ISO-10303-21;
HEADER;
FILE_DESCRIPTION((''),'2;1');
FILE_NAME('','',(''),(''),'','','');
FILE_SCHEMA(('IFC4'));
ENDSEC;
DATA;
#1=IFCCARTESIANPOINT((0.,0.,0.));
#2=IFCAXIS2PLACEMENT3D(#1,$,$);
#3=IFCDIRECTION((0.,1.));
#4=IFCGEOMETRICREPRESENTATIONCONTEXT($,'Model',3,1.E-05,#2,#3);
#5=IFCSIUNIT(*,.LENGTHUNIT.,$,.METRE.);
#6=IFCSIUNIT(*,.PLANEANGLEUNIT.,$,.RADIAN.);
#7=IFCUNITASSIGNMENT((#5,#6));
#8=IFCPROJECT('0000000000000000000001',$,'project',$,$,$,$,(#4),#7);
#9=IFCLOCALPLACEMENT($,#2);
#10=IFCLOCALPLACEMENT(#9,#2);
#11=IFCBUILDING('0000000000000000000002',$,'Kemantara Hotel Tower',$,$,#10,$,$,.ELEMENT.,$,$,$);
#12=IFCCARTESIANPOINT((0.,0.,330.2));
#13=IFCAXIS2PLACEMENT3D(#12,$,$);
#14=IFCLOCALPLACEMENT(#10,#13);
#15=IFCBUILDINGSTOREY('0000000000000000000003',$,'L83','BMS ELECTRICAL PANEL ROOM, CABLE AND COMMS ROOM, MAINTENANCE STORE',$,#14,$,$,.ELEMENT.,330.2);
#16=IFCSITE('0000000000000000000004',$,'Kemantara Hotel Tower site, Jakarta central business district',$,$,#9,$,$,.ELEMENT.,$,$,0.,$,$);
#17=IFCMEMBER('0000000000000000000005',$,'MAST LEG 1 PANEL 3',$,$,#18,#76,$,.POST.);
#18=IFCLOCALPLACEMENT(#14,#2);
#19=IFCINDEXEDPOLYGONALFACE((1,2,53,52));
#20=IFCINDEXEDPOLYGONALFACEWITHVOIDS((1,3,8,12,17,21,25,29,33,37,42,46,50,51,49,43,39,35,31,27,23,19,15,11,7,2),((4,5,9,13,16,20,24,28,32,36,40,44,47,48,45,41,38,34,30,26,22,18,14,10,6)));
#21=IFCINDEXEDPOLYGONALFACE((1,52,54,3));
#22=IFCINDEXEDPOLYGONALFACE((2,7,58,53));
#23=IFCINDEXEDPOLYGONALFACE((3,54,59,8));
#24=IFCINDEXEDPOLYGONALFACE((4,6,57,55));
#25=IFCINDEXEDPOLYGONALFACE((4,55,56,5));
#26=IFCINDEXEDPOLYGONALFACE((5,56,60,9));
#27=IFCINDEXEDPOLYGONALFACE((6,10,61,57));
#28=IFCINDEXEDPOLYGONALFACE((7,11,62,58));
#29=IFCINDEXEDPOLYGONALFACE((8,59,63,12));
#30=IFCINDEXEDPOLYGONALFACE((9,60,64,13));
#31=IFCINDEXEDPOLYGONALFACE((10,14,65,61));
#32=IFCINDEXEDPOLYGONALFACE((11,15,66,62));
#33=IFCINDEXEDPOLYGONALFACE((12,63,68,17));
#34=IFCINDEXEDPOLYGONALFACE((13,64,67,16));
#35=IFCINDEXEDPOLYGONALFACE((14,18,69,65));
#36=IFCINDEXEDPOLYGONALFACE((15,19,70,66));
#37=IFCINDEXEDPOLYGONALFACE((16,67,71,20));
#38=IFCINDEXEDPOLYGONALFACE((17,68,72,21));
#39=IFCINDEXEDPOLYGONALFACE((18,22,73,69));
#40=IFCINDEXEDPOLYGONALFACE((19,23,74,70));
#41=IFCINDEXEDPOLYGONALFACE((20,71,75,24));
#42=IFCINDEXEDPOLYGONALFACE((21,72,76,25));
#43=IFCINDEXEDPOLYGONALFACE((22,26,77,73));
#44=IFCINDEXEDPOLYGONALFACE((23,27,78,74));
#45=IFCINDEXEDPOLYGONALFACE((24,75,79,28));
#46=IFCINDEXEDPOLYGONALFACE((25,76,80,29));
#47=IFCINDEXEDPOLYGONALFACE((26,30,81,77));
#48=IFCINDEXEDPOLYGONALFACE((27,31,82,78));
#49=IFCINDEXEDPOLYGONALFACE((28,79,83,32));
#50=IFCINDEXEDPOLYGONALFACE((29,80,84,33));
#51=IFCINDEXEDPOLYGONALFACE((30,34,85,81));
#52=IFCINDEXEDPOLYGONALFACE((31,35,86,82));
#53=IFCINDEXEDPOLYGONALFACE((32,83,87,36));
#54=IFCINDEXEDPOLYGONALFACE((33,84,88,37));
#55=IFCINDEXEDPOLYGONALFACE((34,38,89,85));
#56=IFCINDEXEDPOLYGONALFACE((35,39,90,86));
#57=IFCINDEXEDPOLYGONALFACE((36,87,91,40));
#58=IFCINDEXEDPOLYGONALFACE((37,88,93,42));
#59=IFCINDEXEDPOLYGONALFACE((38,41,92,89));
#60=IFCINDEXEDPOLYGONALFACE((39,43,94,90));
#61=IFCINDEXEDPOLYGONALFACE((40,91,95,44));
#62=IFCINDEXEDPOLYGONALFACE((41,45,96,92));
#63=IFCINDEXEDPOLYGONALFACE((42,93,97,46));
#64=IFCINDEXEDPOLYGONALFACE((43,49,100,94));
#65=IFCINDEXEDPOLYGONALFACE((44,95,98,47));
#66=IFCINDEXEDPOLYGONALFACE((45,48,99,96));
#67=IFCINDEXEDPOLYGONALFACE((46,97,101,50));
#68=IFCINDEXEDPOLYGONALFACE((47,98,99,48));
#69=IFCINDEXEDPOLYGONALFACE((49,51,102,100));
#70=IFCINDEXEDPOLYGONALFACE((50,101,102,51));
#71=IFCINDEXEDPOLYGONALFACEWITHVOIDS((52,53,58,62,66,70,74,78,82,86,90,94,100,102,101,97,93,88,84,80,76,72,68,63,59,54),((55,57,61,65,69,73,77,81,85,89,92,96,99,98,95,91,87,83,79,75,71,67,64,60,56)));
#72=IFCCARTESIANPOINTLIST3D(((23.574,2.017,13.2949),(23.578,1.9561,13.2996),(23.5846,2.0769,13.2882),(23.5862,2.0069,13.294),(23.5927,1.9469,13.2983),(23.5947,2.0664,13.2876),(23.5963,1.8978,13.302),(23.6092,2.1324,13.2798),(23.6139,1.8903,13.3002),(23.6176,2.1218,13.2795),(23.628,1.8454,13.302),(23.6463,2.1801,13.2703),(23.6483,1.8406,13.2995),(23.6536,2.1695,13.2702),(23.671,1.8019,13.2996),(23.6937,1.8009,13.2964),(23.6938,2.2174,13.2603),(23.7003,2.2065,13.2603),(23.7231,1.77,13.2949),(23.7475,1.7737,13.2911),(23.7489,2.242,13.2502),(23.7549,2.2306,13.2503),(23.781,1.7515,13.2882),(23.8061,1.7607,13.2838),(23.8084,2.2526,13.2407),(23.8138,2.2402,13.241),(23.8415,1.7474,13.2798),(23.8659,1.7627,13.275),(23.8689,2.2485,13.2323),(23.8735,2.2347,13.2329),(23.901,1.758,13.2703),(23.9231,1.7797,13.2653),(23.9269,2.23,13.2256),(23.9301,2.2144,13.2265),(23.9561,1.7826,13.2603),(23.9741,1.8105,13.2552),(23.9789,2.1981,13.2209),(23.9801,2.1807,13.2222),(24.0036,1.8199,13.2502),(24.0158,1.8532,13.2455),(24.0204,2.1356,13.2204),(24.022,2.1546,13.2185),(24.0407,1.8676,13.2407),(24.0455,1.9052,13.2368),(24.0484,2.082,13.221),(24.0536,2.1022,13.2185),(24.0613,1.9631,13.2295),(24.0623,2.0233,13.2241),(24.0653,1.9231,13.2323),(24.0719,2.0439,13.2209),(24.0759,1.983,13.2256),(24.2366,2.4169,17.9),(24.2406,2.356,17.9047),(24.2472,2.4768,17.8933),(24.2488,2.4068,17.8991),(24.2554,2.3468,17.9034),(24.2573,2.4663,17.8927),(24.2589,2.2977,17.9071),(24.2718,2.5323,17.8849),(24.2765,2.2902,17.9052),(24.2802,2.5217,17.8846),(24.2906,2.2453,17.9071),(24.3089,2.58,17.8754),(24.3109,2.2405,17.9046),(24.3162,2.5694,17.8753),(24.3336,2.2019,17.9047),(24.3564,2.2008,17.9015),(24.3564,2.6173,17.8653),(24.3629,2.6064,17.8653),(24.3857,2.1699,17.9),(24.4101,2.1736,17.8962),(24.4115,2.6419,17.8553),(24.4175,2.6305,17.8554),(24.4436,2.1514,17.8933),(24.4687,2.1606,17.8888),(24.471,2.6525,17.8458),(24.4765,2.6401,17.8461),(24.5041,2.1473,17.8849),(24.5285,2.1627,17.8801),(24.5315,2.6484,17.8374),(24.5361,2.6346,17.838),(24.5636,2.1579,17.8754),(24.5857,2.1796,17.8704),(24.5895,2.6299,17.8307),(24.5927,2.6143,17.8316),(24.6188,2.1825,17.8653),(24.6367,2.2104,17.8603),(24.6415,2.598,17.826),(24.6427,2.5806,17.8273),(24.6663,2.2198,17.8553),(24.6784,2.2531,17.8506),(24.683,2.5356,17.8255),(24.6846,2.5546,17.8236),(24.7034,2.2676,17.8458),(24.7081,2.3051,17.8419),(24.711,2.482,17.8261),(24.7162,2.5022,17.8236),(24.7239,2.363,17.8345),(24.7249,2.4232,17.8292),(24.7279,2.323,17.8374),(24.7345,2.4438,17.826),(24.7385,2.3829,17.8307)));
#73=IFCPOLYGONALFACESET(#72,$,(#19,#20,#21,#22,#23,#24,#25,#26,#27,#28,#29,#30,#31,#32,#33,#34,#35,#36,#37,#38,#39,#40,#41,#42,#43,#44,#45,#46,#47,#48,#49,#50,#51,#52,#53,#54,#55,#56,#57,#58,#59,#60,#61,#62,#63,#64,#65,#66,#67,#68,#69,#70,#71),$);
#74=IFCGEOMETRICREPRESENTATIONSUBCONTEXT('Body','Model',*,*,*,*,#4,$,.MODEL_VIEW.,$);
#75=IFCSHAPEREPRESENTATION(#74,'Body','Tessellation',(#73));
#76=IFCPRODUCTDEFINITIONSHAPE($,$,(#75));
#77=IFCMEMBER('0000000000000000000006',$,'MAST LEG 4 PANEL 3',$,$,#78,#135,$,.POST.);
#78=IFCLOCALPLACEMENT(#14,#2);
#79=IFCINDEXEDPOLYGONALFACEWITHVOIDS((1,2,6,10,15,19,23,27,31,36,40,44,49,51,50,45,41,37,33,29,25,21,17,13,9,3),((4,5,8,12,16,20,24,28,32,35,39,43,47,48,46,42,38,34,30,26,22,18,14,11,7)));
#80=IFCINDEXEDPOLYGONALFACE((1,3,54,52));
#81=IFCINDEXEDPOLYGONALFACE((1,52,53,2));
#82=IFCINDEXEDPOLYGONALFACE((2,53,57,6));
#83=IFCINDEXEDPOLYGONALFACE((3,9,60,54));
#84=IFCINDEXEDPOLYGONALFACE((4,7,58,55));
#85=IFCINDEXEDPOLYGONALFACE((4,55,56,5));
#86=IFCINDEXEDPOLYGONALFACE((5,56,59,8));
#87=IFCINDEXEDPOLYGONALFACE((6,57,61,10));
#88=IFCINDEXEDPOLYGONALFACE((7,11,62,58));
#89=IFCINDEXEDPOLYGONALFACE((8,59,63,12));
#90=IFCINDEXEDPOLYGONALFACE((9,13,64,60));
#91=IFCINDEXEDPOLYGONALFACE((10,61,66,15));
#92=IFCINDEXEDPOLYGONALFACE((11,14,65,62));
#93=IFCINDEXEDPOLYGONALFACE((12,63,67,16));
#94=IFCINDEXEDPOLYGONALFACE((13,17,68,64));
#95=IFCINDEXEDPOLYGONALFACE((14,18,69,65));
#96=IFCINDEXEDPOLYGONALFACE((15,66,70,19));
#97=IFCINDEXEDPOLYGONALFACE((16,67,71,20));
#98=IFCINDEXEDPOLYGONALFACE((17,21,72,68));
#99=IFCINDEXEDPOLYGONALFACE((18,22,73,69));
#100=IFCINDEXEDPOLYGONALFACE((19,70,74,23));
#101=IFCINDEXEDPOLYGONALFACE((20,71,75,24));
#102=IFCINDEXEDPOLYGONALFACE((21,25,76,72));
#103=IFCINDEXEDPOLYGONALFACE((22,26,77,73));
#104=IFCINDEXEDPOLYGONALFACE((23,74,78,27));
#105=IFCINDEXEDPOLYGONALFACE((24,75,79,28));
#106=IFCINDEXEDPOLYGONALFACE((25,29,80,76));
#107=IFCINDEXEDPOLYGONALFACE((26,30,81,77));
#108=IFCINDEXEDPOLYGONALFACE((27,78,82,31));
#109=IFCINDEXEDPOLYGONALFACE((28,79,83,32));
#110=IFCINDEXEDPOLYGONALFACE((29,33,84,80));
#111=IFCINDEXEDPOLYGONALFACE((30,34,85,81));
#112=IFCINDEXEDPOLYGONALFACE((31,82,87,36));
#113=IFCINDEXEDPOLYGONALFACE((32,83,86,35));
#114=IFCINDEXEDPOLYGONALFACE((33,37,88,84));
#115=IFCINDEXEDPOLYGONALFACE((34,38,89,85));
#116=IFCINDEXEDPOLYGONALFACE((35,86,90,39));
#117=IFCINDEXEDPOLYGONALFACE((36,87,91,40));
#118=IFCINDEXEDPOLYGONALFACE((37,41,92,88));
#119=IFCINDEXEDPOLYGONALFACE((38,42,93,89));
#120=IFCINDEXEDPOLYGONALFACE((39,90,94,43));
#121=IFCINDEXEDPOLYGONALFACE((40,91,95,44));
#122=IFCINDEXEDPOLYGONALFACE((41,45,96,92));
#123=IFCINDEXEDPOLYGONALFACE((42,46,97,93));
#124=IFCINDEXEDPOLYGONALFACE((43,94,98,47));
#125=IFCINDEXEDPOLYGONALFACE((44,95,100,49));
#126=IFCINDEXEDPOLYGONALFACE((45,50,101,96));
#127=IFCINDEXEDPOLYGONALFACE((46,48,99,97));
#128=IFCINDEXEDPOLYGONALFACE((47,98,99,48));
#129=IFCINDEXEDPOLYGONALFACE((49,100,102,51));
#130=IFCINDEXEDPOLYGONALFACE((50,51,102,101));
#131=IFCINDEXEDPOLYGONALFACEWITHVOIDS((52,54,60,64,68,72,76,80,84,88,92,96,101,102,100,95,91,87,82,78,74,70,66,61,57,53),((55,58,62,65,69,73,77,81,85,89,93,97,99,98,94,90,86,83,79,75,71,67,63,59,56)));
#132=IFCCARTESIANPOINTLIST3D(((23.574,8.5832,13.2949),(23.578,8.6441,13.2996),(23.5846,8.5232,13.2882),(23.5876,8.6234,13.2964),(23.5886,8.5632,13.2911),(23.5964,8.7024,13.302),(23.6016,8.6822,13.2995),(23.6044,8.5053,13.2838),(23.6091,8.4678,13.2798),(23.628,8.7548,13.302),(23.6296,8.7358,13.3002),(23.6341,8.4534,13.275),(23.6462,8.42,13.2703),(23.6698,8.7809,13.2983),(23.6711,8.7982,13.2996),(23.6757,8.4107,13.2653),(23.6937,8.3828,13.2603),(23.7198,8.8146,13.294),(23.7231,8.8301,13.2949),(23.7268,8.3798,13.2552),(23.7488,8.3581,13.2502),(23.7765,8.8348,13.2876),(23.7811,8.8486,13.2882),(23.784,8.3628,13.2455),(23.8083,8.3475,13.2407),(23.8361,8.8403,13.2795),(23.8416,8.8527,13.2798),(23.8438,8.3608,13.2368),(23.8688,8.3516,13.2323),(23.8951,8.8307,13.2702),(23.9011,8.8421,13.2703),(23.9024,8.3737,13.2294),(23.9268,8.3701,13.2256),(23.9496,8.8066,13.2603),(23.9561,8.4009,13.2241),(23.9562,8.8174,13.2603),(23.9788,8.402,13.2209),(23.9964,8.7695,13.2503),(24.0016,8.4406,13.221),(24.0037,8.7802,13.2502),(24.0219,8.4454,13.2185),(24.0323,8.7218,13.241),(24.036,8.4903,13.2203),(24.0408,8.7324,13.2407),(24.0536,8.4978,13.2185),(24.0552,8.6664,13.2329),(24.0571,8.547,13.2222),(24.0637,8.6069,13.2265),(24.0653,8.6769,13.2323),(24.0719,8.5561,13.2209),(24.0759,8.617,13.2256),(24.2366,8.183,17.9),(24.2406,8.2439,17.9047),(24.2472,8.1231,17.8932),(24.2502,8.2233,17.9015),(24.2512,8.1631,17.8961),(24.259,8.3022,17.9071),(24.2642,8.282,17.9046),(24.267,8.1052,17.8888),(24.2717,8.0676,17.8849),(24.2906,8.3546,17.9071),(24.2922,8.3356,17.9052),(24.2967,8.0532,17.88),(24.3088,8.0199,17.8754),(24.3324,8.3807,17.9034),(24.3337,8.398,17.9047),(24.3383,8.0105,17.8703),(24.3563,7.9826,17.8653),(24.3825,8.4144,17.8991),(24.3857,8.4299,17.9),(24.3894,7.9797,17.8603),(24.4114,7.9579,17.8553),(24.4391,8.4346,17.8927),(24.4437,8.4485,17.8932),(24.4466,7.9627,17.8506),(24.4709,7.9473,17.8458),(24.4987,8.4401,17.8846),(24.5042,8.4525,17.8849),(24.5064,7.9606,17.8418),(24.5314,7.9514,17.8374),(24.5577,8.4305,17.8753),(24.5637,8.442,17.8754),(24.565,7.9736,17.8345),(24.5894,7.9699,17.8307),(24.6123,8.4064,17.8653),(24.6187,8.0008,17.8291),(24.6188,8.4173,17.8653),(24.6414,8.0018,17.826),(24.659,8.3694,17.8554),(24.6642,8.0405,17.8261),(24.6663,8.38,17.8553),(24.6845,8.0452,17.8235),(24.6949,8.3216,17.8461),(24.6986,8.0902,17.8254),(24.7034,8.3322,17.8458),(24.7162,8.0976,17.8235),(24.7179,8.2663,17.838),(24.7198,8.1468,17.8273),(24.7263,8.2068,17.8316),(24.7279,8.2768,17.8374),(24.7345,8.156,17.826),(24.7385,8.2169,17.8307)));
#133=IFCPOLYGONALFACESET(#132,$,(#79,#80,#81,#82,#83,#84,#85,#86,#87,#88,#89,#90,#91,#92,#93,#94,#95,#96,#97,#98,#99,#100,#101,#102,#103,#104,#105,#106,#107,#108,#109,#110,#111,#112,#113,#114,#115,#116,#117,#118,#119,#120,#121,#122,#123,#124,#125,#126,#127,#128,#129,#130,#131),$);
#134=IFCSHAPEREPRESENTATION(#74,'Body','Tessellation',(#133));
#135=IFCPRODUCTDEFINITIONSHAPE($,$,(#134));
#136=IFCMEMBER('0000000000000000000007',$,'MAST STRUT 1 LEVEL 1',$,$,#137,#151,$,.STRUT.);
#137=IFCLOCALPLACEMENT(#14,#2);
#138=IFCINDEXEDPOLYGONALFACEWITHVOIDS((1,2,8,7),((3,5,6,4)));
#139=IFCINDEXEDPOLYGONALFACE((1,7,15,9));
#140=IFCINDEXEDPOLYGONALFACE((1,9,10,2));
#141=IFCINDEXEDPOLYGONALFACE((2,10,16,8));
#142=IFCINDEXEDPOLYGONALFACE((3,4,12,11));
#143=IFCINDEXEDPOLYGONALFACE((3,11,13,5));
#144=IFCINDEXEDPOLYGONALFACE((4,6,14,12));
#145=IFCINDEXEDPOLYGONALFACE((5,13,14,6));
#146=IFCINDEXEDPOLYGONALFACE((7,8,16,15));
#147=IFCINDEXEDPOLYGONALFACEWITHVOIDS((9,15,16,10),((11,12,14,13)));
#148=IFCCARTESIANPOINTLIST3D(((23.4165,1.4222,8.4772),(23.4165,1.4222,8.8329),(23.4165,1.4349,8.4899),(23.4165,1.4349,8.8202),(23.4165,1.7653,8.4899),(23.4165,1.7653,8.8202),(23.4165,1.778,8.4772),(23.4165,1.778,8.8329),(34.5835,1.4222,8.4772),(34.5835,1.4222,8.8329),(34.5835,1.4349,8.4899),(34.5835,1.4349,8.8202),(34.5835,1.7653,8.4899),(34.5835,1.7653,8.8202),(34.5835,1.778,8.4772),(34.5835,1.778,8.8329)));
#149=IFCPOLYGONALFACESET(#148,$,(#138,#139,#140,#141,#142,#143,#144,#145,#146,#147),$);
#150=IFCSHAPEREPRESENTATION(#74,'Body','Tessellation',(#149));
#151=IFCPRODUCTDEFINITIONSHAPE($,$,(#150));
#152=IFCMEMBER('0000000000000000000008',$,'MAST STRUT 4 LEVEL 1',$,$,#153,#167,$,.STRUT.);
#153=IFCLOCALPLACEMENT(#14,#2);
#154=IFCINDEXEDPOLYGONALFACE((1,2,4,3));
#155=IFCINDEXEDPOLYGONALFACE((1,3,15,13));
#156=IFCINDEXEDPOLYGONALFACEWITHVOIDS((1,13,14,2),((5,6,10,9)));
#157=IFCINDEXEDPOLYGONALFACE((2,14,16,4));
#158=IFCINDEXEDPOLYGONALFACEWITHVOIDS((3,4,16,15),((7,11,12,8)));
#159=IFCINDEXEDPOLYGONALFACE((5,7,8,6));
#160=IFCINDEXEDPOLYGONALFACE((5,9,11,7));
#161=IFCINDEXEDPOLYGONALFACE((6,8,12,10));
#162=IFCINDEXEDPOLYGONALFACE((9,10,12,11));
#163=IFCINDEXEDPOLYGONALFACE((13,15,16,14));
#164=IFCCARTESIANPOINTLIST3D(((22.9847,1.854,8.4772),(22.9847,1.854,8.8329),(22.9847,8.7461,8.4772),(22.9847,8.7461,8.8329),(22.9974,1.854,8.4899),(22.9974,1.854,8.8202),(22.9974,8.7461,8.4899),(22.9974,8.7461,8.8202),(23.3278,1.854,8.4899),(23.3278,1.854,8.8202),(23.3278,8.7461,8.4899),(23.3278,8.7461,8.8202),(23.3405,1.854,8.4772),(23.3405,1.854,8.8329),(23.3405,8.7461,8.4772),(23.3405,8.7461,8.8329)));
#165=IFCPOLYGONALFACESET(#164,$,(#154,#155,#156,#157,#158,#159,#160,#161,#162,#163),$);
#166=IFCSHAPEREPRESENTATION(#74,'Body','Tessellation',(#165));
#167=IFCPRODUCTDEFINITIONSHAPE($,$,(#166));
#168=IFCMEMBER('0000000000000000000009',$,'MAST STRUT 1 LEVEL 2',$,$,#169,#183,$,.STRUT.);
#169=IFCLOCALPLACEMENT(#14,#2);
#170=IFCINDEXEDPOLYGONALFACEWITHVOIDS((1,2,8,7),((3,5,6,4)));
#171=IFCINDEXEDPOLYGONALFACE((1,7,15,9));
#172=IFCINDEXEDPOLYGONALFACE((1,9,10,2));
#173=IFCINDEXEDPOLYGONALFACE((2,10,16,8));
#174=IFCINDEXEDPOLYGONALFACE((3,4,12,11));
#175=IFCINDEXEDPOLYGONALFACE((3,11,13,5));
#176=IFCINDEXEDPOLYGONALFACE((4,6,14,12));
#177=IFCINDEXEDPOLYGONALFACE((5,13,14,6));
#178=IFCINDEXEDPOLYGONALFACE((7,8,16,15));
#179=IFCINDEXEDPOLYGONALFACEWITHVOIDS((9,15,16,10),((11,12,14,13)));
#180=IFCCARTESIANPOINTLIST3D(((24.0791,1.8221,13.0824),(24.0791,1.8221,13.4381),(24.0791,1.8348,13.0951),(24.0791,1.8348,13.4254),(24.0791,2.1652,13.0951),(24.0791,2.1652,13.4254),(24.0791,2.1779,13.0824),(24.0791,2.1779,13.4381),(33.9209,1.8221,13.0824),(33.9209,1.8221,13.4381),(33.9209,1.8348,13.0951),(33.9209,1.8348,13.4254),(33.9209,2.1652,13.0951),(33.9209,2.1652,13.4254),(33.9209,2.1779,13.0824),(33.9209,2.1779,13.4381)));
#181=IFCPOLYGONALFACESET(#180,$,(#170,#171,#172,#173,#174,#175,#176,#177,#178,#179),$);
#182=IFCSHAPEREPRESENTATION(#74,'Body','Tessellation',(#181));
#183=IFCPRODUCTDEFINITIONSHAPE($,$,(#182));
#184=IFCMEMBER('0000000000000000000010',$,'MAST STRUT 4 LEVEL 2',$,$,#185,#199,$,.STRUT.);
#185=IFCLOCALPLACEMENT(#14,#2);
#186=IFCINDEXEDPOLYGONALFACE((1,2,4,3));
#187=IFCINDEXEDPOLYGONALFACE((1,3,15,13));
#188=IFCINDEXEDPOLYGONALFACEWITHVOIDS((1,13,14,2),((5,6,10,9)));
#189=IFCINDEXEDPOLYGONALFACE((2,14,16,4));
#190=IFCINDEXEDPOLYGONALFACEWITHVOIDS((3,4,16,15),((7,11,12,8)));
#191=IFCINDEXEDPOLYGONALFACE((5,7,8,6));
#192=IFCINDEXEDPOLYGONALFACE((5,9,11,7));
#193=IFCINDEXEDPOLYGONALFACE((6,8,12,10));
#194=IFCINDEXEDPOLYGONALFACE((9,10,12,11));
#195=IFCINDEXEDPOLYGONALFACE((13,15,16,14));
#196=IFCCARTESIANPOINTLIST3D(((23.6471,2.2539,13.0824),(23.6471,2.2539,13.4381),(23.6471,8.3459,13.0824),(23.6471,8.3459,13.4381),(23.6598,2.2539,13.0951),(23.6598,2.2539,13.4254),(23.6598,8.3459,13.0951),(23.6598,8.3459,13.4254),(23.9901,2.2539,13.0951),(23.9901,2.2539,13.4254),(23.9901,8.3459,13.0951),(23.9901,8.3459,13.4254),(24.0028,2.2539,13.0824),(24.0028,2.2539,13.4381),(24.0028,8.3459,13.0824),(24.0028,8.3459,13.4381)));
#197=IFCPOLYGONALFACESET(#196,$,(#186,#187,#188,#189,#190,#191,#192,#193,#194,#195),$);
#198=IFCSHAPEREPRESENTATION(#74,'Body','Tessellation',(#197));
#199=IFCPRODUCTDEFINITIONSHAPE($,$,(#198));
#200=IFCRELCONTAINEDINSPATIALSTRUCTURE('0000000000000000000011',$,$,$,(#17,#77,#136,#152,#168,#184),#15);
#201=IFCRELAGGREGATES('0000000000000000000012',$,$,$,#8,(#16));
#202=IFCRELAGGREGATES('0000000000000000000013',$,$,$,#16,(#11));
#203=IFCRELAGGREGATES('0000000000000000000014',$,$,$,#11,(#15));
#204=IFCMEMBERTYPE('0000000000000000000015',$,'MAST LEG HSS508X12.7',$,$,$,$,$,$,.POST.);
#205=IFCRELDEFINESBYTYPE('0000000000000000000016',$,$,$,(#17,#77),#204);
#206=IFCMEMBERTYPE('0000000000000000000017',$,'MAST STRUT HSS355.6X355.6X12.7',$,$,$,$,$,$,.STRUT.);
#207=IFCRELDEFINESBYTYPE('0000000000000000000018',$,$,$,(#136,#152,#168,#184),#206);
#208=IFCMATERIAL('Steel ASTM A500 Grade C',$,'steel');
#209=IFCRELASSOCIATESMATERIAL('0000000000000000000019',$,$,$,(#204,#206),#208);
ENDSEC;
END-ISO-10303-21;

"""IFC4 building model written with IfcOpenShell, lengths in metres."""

from ifc_helpers import new_model, si_unit, direction, frame, origin, origin_2d, place, context, subcontext, project, spatial, hollow_rectangle, hollow_circle, extrude, material, material_profile, profile_set, type_object, element, save


model = new_model("IFC4")

# Units and contexts
model_context = context("Model", 3, precision=1e-05, world=origin(), true_north=direction((0.0, 1.0)))
body_context = subcontext(model_context, "Body", "Model", "MODEL_VIEW")
ifc_project = project(units=[si_unit("LENGTHUNIT", "METRE"), si_unit("PLANEANGLEUNIT", "RADIAN")], contexts=[model_context])

# Site, building, storey
site_placement = place(None, origin())
site = spatial("IfcSite", under=ifc_project, at=site_placement, Name="Kemantara Hotel Tower site, Jakarta central business district", CompositionType="ELEMENT", RefElevation=0.0)
building_placement = place(site_placement, origin())
building = spatial("IfcBuilding", under=site, at=building_placement, Name="Kemantara Hotel Tower", CompositionType="ELEMENT")
storey_placement = place(building_placement, frame((0.0, 0.0, 330.2)))
storey = spatial("IfcBuildingStorey", under=building, at=storey_placement, Name="L83", Description="BMS ELECTRICAL PANEL ROOM, CABLE AND COMMS ROOM, MAINTENANCE STORE", CompositionType="ELEMENT", Elevation=330.2)

# Members
ifc_material_1 = material(Name="Steel ASTM A500 Grade C", Category="steel")
ifc_material_profile_1 = material_profile(ifc_material_1, hollow_circle(Radius=0.2539, WallThickness=0.0127, at=origin_2d()), Name="HSS508X12.7")
ifc_profile_set_1 = profile_set([ifc_material_profile_1], Name="Steel ASTM A500 Grade C")
member_type_1 = type_object("IfcMemberType", Name="MAST LEG HSS508X12.7", PredefinedType="POST", material=ifc_profile_set_1)
for number, where, z_axis, x_axis, name in (
    (1, (23.825, 2.0, 13.2603), (0.141897, 0.08564, 0.98617), (-0.516721, 0.856154, 0.0), "MAST LEG 1 PANEL 3"),
    (2, (23.825, 8.6001, 13.2603), (0.141897, -0.085692, 0.986165), (0.516952, 0.856014, 0.0), "MAST LEG 4 PANEL 3"),
):
    element("IfcMember", number, at=place(storey_placement, frame(where, z_axis=z_axis, x_axis=x_axis)), inside=storey, type_object=member_type_1, Name=name, PredefinedType="POST", context=body_context, shape_type="SweptSolid", body=[
        extrude(hollow_circle(Radius=0.2539, WallThickness=0.0127, at=origin_2d()), origin(), (0.0, 0.0, 1.0), 4.6697),
    ])
ifc_material_profile_2 = material_profile(ifc_material_1, hollow_rectangle(XDim=0.3557, YDim=0.3557, WallThickness=0.0127, at=origin_2d()), Name="HSS355.6X355.6X12.7")
ifc_profile_set_2 = profile_set([ifc_material_profile_2], Name="Steel ASTM A500 Grade C")
member_type_2 = type_object("IfcMemberType", Name="MAST STRUT HSS355.6X355.6X12.7", PredefinedType="STRUT", material=ifc_profile_set_2)
member_1_placement = place(storey_placement, frame((23.4165, 1.6001, 8.655), z_axis=(1.0, 0.0, 0.0), x_axis=(0.0, 1.0, 0.0)))
element("IfcMember", 3, at=member_1_placement, inside=storey, type_object=member_type_2, Name="MAST STRUT 1 LEVEL 1", PredefinedType="STRUT", context=body_context, shape_type="SweptSolid", body=[
    extrude(hollow_rectangle(XDim=0.3557, YDim=0.3557, WallThickness=0.0127, at=origin_2d()), origin(), (0.0, 0.0, 1.0), 11.167),
])
member_2_placement = place(storey_placement, frame((23.1626, 8.7461, 8.655), z_axis=(0.0, -1.0, 0.0), x_axis=(1.0, 0.0, 0.0)))
element("IfcMember", 4, at=member_2_placement, inside=storey, type_object=member_type_2, Name="MAST STRUT 4 LEVEL 1", PredefinedType="STRUT", context=body_context, shape_type="SweptSolid", body=[
    extrude(hollow_rectangle(XDim=0.3557, YDim=0.3557, WallThickness=0.0127, at=origin_2d()), origin(), (0.0, 0.0, 1.0), 6.8921),
])
member_3_placement = place(storey_placement, frame((24.0791, 2.0, 13.2603), z_axis=(1.0, 0.0, 0.0), x_axis=(0.0, 1.0, 0.0)))
element("IfcMember", 5, at=member_3_placement, inside=storey, type_object=member_type_2, Name="MAST STRUT 1 LEVEL 2", PredefinedType="STRUT", context=body_context, shape_type="SweptSolid", body=[
    extrude(hollow_rectangle(XDim=0.3557, YDim=0.3557, WallThickness=0.0127, at=origin_2d()), origin(), (0.0, 0.0, 1.0), 9.8418),
])
member_4_placement = place(storey_placement, frame((23.825, 8.3459, 13.2603), z_axis=(0.0, -1.0, 0.0), x_axis=(1.0, 0.0, 0.0)))
element("IfcMember", 6, at=member_4_placement, inside=storey, type_object=member_type_2, Name="MAST STRUT 4 LEVEL 2", PredefinedType="STRUT", context=body_context, shape_type="SweptSolid", body=[
    extrude(hollow_rectangle(XDim=0.3557, YDim=0.3557, WallThickness=0.0127, at=origin_2d()), origin(), (0.0, 0.0, 1.0), 6.092),
])

save(model, "model.ifc")
